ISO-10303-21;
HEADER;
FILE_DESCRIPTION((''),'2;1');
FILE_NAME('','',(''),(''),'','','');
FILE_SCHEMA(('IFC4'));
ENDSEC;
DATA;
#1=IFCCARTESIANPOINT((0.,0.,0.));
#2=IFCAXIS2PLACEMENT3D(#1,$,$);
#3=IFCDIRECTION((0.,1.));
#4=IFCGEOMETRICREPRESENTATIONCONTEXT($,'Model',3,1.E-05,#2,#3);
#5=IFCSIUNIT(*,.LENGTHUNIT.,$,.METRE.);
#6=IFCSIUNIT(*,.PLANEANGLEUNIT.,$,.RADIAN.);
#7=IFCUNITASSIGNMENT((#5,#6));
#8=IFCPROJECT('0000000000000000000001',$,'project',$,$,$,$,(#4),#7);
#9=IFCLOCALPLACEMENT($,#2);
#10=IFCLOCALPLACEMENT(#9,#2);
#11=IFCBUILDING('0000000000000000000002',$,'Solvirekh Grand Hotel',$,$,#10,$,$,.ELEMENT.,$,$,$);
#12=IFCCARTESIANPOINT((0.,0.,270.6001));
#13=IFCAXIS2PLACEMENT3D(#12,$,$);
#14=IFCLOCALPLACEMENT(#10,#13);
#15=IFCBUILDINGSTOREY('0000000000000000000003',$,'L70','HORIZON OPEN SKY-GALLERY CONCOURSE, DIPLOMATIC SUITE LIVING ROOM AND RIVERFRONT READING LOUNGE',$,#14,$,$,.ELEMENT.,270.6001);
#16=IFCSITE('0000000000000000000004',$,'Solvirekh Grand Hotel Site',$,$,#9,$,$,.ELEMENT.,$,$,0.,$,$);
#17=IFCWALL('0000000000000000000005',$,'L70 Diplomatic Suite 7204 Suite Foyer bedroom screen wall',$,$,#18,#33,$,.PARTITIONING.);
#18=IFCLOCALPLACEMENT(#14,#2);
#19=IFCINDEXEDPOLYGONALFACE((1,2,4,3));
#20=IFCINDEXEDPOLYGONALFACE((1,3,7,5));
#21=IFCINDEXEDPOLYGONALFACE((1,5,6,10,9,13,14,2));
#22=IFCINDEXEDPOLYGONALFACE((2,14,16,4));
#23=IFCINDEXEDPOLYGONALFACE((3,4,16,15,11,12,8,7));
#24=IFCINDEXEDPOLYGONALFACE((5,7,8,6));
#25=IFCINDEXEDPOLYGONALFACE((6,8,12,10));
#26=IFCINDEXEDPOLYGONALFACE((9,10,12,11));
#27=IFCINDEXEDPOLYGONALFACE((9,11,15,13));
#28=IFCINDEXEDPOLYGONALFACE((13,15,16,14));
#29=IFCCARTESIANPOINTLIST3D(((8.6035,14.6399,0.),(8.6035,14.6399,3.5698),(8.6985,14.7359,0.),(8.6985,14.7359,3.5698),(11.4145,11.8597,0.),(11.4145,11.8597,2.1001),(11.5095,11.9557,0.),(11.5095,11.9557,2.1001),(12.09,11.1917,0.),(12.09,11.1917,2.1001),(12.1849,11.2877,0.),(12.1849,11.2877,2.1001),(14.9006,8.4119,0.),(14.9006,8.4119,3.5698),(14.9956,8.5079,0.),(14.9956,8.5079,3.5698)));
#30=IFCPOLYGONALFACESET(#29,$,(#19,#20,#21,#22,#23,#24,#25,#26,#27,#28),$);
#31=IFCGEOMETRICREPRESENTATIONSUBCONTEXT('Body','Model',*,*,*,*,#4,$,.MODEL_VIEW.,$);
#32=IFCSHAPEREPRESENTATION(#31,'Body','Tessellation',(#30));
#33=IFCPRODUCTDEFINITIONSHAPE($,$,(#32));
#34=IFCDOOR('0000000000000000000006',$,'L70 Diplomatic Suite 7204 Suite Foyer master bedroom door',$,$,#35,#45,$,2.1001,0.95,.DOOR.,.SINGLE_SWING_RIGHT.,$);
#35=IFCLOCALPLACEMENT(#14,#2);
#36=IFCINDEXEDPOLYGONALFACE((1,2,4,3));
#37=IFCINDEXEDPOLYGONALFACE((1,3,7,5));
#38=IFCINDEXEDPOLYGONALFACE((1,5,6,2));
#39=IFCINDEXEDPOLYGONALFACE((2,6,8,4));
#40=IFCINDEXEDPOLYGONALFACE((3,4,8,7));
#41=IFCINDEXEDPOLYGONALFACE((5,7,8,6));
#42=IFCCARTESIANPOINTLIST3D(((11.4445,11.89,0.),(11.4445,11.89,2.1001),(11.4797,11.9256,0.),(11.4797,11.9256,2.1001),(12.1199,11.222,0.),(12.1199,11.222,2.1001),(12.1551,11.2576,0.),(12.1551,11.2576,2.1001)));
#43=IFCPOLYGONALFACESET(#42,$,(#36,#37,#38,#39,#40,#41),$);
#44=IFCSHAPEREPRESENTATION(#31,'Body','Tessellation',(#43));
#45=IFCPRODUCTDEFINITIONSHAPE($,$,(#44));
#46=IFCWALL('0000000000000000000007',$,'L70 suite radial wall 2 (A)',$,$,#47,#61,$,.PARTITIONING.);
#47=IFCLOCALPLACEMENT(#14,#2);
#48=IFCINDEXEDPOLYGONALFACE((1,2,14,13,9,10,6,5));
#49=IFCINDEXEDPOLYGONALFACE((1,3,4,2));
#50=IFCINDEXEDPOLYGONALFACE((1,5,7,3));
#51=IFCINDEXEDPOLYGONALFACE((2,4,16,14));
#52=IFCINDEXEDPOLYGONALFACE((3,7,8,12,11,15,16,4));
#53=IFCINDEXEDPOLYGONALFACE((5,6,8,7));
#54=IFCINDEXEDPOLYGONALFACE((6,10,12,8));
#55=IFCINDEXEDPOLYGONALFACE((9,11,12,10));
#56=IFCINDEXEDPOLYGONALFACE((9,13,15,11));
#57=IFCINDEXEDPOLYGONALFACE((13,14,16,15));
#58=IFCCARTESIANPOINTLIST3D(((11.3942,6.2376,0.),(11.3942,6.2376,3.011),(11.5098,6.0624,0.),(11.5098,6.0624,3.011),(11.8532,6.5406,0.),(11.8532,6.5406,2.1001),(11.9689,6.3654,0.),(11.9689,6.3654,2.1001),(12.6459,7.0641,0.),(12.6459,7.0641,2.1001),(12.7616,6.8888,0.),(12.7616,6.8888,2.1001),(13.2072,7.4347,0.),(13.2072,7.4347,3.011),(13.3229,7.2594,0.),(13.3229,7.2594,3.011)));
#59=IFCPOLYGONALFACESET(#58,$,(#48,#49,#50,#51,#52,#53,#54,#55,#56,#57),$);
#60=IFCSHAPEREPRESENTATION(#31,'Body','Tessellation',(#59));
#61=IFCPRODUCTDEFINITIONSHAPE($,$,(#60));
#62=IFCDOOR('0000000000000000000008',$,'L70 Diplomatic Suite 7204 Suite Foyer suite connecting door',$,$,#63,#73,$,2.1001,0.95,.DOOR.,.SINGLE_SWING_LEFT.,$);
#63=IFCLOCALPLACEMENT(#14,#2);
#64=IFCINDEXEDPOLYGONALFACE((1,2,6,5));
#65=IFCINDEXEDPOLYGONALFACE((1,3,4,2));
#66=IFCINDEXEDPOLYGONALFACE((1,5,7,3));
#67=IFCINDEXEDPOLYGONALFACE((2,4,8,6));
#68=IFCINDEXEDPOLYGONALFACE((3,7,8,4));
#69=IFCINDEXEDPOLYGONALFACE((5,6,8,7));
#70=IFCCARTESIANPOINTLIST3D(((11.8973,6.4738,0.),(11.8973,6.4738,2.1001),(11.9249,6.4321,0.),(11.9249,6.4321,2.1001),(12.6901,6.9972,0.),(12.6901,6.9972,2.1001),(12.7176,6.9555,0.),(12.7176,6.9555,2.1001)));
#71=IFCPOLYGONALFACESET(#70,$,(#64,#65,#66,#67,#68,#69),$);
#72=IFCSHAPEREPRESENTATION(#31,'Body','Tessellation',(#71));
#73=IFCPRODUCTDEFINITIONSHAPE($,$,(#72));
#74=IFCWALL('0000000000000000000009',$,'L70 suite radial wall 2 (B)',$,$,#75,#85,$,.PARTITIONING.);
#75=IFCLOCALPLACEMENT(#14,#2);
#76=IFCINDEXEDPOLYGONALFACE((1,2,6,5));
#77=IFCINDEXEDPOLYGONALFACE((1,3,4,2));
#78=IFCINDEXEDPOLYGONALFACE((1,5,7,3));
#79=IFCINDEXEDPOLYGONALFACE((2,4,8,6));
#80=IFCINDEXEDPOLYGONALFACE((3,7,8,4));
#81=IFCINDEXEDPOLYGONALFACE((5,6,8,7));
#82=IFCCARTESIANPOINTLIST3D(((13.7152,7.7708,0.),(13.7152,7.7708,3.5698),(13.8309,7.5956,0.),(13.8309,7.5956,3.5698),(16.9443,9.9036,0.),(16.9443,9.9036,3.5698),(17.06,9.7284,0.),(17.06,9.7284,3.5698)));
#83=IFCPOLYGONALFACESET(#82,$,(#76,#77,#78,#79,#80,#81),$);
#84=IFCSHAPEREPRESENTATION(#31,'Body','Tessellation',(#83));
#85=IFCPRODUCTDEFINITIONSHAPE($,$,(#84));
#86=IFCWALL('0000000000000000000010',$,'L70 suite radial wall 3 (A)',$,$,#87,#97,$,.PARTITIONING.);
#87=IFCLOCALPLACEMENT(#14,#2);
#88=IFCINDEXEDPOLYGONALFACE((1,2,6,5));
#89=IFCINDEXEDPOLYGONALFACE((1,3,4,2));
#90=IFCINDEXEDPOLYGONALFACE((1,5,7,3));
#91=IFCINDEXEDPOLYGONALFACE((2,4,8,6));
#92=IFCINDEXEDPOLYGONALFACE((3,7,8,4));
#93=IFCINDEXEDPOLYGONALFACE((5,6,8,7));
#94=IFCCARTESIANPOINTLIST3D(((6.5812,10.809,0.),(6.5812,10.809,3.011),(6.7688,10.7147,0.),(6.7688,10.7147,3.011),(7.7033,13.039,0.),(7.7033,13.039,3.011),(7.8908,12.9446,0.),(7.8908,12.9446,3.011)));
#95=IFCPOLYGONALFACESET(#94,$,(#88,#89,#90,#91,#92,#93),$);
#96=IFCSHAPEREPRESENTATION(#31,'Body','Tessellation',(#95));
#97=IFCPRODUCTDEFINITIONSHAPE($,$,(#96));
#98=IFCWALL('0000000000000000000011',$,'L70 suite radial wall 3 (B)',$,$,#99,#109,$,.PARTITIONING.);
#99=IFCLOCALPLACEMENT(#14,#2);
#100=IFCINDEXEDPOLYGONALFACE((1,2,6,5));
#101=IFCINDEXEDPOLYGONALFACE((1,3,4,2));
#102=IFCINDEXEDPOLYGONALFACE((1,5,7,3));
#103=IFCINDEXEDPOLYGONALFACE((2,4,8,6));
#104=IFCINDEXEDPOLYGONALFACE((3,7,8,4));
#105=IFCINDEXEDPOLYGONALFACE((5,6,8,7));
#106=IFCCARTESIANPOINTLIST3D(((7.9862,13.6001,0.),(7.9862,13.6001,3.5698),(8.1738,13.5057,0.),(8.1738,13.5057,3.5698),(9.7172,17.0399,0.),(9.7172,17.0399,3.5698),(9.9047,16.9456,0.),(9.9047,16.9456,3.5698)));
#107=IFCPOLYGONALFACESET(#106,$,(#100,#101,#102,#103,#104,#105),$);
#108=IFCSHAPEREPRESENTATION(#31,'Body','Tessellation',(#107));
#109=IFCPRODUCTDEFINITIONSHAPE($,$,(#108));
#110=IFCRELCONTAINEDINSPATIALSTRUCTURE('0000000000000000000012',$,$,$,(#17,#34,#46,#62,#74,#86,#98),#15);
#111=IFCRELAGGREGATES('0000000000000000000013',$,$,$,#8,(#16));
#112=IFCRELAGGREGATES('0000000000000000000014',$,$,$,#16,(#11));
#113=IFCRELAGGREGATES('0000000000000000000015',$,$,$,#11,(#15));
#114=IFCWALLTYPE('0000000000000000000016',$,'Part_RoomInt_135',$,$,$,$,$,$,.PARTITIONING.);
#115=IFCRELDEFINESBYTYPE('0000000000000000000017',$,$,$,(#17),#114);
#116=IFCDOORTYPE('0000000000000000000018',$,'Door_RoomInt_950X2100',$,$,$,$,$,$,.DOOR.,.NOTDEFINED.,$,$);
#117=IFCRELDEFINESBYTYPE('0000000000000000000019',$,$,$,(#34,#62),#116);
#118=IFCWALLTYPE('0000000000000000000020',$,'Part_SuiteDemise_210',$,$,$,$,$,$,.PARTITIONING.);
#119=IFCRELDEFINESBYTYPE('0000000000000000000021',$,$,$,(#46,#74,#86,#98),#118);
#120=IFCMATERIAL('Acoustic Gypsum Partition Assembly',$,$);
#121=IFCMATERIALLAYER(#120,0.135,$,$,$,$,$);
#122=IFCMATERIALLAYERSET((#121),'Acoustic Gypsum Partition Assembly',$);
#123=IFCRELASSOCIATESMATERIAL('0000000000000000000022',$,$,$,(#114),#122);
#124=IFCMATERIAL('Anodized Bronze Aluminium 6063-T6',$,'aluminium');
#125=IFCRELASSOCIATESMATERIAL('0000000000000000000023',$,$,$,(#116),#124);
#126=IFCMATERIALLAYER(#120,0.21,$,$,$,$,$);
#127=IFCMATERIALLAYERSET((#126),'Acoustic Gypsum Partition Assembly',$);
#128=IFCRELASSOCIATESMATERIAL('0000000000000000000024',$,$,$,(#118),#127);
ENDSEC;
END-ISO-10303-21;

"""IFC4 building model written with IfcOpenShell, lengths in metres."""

from ifc_helpers import new_model, si_unit, direction, frame, frame_2d, origin, place, context, subcontext, project, spatial, rectangle, extrude, material, layer, layer_set, type_object, element, fill, save


model = new_model("IFC4")

# Units and contexts
model_context = context("Model", 3, precision=1e-05, world=origin(), true_north=direction((0.0, 1.0)))
body_context = subcontext(model_context, "Body", "Model", "MODEL_VIEW")
ifc_project = project(units=[si_unit("LENGTHUNIT", "METRE"), si_unit("PLANEANGLEUNIT", "RADIAN")], contexts=[model_context])

# Site, building, storey
site_placement = place(None, origin())
site = spatial("IfcSite", under=ifc_project, at=site_placement, Name="Solvirekh Grand Hotel Site", CompositionType="ELEMENT", RefElevation=0.0)
building_placement = place(site_placement, origin())
building = spatial("IfcBuilding", under=site, at=building_placement, Name="Solvirekh Grand Hotel", CompositionType="ELEMENT")
storey_placement = place(building_placement, frame((0.0, 0.0, 270.6001)))
storey = spatial("IfcBuildingStorey", under=building, at=storey_placement, Name="L70", Description="HORIZON OPEN SKY-GALLERY CONCOURSE, DIPLOMATIC SUITE LIVING ROOM AND RIVERFRONT READING LOUNGE", CompositionType="ELEMENT", Elevation=270.6001)

# Shared definitions
ifc_material_1 = material(Name="Acoustic Gypsum Partition Assembly")

# Walls, openings, doors
ifc_layer_1 = layer(ifc_material_1, 0.135)
ifc_layer_set_1 = layer_set([ifc_layer_1], Name="Acoustic Gypsum Partition Assembly")
wall_type_1 = type_object("IfcWallType", Name="Part_RoomInt_135", PredefinedType="PARTITIONING", material=ifc_layer_set_1)
wall_1_placement = place(storey_placement, frame((14.948, 8.46, 0.0), z_axis=(0.0, 0.0, 1.0), x_axis=(-0.710997, 0.703196, 0.0)))
wall_1 = element("IfcWall", 1, at=wall_1_placement, inside=storey, type_object=wall_type_1, Name="L70 Diplomatic Suite 7204 Suite Foyer bedroom screen wall", PredefinedType="PARTITIONING", context=body_context, shape_type="SweptSolid", body=[
    extrude(rectangle(XDim=8.8567, YDim=0.135, at=frame_2d((4.4282, 0.0))), origin(), (0.0, 0.0, 1.0), 3.5698),
])
opening_1_placement = place(wall_1_placement, frame((3.9529, 0.0, 0.0)))
opening_1 = element("IfcOpeningElement", 2, at=opening_1_placement, cuts=wall_1, PredefinedType="OPENING", context=body_context, shape_type="SweptSolid", body=[
    extrude(rectangle(XDim=0.95, YDim=2.1001, at=frame_2d((0.4751, 1.05))), frame((0.0, 0.0776, 0.0), z_axis=(0.0, -1.0, 0.0), x_axis=(1.0, 0.0, 0.0)), (0.0, 0.0, 1.0), 0.155),
])
ifc_material_2 = material(Name="Anodized Bronze Aluminium 6063-T6", Category="aluminium")
door_type = type_object("IfcDoorType", Name="Door_RoomInt_950X2100", OperationType="NOTDEFINED", PredefinedType="DOOR", material=ifc_material_2)
door_1_placement = place(opening_1_placement, origin())
door_1 = element("IfcDoor", 3, at=door_1_placement, inside=storey, type_object=door_type, Name="L70 Diplomatic Suite 7204 Suite Foyer master bedroom door", OperationType="SINGLE_SWING_RIGHT", OverallHeight=2.1001, OverallWidth=0.95, PredefinedType="DOOR", context=body_context, shape_type="SweptSolid", body=[
    extrude(rectangle(XDim=0.95, YDim=2.1001, at=frame_2d((0.4751, 1.05))), frame((0.0, 0.0249, 0.0), z_axis=(0.0, -1.0, 0.0), x_axis=(1.0, 0.0, 0.0)), (0.0, 0.0, 1.0), 0.05),
])
fill(opening_1, door_1)
ifc_layer_2 = layer(ifc_material_1, 0.21)
ifc_layer_set_2 = layer_set([ifc_layer_2], Name="Acoustic Gypsum Partition Assembly")
wall_type_2 = type_object("IfcWallType", Name="Part_SuiteDemise_210", PredefinedType="PARTITIONING", material=ifc_layer_set_2)
wall_2_placement = place(storey_placement, frame((11.4519, 6.1499, 0.0), z_axis=(0.0, 0.0, 1.0), x_axis=(0.834514, 0.550986, 0.0)))
wall_2 = element("IfcWall", 4, at=wall_2_placement, inside=storey, type_object=wall_type_2, Name="L70 suite radial wall 2 (A)", PredefinedType="PARTITIONING", context=body_context, shape_type="SweptSolid", body=[
    extrude(rectangle(XDim=2.1726, YDim=0.21, at=frame_2d((1.0864, 0.0))), origin(), (0.0, 0.0, 1.0), 3.011),
])
opening_2_placement = place(wall_2_placement, frame((0.55, 0.0, 0.0)))
opening_2 = element("IfcOpeningElement", 5, at=opening_2_placement, cuts=wall_2, PredefinedType="OPENING", context=body_context, shape_type="SweptSolid", body=[
    extrude(rectangle(XDim=0.95, YDim=2.1001, at=frame_2d((0.4751, 1.05))), frame((0.0, 0.115, 0.0), z_axis=(0.0, -1.0, 0.0), x_axis=(1.0, 0.0, 0.0)), (0.0, 0.0, 1.0), 0.23),
])
door_2_placement = place(opening_2_placement, origin())
door_2 = element("IfcDoor", 6, at=door_2_placement, inside=storey, type_object=door_type, Name="L70 Diplomatic Suite 7204 Suite Foyer suite connecting door", OperationType="SINGLE_SWING_LEFT", OverallHeight=2.1001, OverallWidth=0.95, PredefinedType="DOOR", context=body_context, shape_type="SweptSolid", body=[
    extrude(rectangle(XDim=0.95, YDim=2.1001, at=frame_2d((0.4751, 1.05))), frame((0.0, 0.0249, 0.0), z_axis=(0.0, -1.0, 0.0), x_axis=(1.0, 0.0, 0.0)), (0.0, 0.0, 1.0), 0.05),
])
fill(opening_2, door_2)

# Walls
wall_3_placement = place(storey_placement, frame((13.7729, 7.6831, 0.0), z_axis=(0.0, 0.0, 1.0), x_axis=(0.834411, 0.551143, 0.0)))
element("IfcWall", 7, at=wall_3_placement, inside=storey, type_object=wall_type_2, Name="L70 suite radial wall 2 (B)", PredefinedType="PARTITIONING", context=body_context, shape_type="SweptSolid", body=[
    extrude(rectangle(XDim=3.8699, YDim=0.21, at=frame_2d((1.9351, 0.0))), origin(), (0.0, 0.0, 1.0), 3.5698),
])
wall_4_placement = place(storey_placement, frame((6.675, 10.762, 0.0), z_axis=(0.0, 0.0, 1.0), x_axis=(0.449481, 0.89329, 0.0)))
element("IfcWall", 8, at=wall_4_placement, inside=storey, type_object=wall_type_2, Name="L70 suite radial wall 3 (A)", PredefinedType="PARTITIONING", context=body_context, shape_type="SweptSolid", body=[
    extrude(rectangle(XDim=2.4963, YDim=0.21, at=frame_2d((1.248, 0.0))), origin(), (0.0, 0.0, 1.0), 3.011),
])
wall_5_placement = place(storey_placement, frame((8.0801, 13.553, 0.0), z_axis=(0.0, 0.0, 1.0), x_axis=(0.449494, 0.893283, 0.0)))
element("IfcWall", 9, at=wall_5_placement, inside=storey, type_object=wall_type_2, Name="L70 suite radial wall 3 (B)", PredefinedType="PARTITIONING", context=body_context, shape_type="SweptSolid", body=[
    extrude(rectangle(XDim=3.8508, YDim=0.21, at=frame_2d((1.9253, 0.0))), origin(), (0.0, 0.0, 1.0), 3.5698),
])

save(model, "model.ifc")
